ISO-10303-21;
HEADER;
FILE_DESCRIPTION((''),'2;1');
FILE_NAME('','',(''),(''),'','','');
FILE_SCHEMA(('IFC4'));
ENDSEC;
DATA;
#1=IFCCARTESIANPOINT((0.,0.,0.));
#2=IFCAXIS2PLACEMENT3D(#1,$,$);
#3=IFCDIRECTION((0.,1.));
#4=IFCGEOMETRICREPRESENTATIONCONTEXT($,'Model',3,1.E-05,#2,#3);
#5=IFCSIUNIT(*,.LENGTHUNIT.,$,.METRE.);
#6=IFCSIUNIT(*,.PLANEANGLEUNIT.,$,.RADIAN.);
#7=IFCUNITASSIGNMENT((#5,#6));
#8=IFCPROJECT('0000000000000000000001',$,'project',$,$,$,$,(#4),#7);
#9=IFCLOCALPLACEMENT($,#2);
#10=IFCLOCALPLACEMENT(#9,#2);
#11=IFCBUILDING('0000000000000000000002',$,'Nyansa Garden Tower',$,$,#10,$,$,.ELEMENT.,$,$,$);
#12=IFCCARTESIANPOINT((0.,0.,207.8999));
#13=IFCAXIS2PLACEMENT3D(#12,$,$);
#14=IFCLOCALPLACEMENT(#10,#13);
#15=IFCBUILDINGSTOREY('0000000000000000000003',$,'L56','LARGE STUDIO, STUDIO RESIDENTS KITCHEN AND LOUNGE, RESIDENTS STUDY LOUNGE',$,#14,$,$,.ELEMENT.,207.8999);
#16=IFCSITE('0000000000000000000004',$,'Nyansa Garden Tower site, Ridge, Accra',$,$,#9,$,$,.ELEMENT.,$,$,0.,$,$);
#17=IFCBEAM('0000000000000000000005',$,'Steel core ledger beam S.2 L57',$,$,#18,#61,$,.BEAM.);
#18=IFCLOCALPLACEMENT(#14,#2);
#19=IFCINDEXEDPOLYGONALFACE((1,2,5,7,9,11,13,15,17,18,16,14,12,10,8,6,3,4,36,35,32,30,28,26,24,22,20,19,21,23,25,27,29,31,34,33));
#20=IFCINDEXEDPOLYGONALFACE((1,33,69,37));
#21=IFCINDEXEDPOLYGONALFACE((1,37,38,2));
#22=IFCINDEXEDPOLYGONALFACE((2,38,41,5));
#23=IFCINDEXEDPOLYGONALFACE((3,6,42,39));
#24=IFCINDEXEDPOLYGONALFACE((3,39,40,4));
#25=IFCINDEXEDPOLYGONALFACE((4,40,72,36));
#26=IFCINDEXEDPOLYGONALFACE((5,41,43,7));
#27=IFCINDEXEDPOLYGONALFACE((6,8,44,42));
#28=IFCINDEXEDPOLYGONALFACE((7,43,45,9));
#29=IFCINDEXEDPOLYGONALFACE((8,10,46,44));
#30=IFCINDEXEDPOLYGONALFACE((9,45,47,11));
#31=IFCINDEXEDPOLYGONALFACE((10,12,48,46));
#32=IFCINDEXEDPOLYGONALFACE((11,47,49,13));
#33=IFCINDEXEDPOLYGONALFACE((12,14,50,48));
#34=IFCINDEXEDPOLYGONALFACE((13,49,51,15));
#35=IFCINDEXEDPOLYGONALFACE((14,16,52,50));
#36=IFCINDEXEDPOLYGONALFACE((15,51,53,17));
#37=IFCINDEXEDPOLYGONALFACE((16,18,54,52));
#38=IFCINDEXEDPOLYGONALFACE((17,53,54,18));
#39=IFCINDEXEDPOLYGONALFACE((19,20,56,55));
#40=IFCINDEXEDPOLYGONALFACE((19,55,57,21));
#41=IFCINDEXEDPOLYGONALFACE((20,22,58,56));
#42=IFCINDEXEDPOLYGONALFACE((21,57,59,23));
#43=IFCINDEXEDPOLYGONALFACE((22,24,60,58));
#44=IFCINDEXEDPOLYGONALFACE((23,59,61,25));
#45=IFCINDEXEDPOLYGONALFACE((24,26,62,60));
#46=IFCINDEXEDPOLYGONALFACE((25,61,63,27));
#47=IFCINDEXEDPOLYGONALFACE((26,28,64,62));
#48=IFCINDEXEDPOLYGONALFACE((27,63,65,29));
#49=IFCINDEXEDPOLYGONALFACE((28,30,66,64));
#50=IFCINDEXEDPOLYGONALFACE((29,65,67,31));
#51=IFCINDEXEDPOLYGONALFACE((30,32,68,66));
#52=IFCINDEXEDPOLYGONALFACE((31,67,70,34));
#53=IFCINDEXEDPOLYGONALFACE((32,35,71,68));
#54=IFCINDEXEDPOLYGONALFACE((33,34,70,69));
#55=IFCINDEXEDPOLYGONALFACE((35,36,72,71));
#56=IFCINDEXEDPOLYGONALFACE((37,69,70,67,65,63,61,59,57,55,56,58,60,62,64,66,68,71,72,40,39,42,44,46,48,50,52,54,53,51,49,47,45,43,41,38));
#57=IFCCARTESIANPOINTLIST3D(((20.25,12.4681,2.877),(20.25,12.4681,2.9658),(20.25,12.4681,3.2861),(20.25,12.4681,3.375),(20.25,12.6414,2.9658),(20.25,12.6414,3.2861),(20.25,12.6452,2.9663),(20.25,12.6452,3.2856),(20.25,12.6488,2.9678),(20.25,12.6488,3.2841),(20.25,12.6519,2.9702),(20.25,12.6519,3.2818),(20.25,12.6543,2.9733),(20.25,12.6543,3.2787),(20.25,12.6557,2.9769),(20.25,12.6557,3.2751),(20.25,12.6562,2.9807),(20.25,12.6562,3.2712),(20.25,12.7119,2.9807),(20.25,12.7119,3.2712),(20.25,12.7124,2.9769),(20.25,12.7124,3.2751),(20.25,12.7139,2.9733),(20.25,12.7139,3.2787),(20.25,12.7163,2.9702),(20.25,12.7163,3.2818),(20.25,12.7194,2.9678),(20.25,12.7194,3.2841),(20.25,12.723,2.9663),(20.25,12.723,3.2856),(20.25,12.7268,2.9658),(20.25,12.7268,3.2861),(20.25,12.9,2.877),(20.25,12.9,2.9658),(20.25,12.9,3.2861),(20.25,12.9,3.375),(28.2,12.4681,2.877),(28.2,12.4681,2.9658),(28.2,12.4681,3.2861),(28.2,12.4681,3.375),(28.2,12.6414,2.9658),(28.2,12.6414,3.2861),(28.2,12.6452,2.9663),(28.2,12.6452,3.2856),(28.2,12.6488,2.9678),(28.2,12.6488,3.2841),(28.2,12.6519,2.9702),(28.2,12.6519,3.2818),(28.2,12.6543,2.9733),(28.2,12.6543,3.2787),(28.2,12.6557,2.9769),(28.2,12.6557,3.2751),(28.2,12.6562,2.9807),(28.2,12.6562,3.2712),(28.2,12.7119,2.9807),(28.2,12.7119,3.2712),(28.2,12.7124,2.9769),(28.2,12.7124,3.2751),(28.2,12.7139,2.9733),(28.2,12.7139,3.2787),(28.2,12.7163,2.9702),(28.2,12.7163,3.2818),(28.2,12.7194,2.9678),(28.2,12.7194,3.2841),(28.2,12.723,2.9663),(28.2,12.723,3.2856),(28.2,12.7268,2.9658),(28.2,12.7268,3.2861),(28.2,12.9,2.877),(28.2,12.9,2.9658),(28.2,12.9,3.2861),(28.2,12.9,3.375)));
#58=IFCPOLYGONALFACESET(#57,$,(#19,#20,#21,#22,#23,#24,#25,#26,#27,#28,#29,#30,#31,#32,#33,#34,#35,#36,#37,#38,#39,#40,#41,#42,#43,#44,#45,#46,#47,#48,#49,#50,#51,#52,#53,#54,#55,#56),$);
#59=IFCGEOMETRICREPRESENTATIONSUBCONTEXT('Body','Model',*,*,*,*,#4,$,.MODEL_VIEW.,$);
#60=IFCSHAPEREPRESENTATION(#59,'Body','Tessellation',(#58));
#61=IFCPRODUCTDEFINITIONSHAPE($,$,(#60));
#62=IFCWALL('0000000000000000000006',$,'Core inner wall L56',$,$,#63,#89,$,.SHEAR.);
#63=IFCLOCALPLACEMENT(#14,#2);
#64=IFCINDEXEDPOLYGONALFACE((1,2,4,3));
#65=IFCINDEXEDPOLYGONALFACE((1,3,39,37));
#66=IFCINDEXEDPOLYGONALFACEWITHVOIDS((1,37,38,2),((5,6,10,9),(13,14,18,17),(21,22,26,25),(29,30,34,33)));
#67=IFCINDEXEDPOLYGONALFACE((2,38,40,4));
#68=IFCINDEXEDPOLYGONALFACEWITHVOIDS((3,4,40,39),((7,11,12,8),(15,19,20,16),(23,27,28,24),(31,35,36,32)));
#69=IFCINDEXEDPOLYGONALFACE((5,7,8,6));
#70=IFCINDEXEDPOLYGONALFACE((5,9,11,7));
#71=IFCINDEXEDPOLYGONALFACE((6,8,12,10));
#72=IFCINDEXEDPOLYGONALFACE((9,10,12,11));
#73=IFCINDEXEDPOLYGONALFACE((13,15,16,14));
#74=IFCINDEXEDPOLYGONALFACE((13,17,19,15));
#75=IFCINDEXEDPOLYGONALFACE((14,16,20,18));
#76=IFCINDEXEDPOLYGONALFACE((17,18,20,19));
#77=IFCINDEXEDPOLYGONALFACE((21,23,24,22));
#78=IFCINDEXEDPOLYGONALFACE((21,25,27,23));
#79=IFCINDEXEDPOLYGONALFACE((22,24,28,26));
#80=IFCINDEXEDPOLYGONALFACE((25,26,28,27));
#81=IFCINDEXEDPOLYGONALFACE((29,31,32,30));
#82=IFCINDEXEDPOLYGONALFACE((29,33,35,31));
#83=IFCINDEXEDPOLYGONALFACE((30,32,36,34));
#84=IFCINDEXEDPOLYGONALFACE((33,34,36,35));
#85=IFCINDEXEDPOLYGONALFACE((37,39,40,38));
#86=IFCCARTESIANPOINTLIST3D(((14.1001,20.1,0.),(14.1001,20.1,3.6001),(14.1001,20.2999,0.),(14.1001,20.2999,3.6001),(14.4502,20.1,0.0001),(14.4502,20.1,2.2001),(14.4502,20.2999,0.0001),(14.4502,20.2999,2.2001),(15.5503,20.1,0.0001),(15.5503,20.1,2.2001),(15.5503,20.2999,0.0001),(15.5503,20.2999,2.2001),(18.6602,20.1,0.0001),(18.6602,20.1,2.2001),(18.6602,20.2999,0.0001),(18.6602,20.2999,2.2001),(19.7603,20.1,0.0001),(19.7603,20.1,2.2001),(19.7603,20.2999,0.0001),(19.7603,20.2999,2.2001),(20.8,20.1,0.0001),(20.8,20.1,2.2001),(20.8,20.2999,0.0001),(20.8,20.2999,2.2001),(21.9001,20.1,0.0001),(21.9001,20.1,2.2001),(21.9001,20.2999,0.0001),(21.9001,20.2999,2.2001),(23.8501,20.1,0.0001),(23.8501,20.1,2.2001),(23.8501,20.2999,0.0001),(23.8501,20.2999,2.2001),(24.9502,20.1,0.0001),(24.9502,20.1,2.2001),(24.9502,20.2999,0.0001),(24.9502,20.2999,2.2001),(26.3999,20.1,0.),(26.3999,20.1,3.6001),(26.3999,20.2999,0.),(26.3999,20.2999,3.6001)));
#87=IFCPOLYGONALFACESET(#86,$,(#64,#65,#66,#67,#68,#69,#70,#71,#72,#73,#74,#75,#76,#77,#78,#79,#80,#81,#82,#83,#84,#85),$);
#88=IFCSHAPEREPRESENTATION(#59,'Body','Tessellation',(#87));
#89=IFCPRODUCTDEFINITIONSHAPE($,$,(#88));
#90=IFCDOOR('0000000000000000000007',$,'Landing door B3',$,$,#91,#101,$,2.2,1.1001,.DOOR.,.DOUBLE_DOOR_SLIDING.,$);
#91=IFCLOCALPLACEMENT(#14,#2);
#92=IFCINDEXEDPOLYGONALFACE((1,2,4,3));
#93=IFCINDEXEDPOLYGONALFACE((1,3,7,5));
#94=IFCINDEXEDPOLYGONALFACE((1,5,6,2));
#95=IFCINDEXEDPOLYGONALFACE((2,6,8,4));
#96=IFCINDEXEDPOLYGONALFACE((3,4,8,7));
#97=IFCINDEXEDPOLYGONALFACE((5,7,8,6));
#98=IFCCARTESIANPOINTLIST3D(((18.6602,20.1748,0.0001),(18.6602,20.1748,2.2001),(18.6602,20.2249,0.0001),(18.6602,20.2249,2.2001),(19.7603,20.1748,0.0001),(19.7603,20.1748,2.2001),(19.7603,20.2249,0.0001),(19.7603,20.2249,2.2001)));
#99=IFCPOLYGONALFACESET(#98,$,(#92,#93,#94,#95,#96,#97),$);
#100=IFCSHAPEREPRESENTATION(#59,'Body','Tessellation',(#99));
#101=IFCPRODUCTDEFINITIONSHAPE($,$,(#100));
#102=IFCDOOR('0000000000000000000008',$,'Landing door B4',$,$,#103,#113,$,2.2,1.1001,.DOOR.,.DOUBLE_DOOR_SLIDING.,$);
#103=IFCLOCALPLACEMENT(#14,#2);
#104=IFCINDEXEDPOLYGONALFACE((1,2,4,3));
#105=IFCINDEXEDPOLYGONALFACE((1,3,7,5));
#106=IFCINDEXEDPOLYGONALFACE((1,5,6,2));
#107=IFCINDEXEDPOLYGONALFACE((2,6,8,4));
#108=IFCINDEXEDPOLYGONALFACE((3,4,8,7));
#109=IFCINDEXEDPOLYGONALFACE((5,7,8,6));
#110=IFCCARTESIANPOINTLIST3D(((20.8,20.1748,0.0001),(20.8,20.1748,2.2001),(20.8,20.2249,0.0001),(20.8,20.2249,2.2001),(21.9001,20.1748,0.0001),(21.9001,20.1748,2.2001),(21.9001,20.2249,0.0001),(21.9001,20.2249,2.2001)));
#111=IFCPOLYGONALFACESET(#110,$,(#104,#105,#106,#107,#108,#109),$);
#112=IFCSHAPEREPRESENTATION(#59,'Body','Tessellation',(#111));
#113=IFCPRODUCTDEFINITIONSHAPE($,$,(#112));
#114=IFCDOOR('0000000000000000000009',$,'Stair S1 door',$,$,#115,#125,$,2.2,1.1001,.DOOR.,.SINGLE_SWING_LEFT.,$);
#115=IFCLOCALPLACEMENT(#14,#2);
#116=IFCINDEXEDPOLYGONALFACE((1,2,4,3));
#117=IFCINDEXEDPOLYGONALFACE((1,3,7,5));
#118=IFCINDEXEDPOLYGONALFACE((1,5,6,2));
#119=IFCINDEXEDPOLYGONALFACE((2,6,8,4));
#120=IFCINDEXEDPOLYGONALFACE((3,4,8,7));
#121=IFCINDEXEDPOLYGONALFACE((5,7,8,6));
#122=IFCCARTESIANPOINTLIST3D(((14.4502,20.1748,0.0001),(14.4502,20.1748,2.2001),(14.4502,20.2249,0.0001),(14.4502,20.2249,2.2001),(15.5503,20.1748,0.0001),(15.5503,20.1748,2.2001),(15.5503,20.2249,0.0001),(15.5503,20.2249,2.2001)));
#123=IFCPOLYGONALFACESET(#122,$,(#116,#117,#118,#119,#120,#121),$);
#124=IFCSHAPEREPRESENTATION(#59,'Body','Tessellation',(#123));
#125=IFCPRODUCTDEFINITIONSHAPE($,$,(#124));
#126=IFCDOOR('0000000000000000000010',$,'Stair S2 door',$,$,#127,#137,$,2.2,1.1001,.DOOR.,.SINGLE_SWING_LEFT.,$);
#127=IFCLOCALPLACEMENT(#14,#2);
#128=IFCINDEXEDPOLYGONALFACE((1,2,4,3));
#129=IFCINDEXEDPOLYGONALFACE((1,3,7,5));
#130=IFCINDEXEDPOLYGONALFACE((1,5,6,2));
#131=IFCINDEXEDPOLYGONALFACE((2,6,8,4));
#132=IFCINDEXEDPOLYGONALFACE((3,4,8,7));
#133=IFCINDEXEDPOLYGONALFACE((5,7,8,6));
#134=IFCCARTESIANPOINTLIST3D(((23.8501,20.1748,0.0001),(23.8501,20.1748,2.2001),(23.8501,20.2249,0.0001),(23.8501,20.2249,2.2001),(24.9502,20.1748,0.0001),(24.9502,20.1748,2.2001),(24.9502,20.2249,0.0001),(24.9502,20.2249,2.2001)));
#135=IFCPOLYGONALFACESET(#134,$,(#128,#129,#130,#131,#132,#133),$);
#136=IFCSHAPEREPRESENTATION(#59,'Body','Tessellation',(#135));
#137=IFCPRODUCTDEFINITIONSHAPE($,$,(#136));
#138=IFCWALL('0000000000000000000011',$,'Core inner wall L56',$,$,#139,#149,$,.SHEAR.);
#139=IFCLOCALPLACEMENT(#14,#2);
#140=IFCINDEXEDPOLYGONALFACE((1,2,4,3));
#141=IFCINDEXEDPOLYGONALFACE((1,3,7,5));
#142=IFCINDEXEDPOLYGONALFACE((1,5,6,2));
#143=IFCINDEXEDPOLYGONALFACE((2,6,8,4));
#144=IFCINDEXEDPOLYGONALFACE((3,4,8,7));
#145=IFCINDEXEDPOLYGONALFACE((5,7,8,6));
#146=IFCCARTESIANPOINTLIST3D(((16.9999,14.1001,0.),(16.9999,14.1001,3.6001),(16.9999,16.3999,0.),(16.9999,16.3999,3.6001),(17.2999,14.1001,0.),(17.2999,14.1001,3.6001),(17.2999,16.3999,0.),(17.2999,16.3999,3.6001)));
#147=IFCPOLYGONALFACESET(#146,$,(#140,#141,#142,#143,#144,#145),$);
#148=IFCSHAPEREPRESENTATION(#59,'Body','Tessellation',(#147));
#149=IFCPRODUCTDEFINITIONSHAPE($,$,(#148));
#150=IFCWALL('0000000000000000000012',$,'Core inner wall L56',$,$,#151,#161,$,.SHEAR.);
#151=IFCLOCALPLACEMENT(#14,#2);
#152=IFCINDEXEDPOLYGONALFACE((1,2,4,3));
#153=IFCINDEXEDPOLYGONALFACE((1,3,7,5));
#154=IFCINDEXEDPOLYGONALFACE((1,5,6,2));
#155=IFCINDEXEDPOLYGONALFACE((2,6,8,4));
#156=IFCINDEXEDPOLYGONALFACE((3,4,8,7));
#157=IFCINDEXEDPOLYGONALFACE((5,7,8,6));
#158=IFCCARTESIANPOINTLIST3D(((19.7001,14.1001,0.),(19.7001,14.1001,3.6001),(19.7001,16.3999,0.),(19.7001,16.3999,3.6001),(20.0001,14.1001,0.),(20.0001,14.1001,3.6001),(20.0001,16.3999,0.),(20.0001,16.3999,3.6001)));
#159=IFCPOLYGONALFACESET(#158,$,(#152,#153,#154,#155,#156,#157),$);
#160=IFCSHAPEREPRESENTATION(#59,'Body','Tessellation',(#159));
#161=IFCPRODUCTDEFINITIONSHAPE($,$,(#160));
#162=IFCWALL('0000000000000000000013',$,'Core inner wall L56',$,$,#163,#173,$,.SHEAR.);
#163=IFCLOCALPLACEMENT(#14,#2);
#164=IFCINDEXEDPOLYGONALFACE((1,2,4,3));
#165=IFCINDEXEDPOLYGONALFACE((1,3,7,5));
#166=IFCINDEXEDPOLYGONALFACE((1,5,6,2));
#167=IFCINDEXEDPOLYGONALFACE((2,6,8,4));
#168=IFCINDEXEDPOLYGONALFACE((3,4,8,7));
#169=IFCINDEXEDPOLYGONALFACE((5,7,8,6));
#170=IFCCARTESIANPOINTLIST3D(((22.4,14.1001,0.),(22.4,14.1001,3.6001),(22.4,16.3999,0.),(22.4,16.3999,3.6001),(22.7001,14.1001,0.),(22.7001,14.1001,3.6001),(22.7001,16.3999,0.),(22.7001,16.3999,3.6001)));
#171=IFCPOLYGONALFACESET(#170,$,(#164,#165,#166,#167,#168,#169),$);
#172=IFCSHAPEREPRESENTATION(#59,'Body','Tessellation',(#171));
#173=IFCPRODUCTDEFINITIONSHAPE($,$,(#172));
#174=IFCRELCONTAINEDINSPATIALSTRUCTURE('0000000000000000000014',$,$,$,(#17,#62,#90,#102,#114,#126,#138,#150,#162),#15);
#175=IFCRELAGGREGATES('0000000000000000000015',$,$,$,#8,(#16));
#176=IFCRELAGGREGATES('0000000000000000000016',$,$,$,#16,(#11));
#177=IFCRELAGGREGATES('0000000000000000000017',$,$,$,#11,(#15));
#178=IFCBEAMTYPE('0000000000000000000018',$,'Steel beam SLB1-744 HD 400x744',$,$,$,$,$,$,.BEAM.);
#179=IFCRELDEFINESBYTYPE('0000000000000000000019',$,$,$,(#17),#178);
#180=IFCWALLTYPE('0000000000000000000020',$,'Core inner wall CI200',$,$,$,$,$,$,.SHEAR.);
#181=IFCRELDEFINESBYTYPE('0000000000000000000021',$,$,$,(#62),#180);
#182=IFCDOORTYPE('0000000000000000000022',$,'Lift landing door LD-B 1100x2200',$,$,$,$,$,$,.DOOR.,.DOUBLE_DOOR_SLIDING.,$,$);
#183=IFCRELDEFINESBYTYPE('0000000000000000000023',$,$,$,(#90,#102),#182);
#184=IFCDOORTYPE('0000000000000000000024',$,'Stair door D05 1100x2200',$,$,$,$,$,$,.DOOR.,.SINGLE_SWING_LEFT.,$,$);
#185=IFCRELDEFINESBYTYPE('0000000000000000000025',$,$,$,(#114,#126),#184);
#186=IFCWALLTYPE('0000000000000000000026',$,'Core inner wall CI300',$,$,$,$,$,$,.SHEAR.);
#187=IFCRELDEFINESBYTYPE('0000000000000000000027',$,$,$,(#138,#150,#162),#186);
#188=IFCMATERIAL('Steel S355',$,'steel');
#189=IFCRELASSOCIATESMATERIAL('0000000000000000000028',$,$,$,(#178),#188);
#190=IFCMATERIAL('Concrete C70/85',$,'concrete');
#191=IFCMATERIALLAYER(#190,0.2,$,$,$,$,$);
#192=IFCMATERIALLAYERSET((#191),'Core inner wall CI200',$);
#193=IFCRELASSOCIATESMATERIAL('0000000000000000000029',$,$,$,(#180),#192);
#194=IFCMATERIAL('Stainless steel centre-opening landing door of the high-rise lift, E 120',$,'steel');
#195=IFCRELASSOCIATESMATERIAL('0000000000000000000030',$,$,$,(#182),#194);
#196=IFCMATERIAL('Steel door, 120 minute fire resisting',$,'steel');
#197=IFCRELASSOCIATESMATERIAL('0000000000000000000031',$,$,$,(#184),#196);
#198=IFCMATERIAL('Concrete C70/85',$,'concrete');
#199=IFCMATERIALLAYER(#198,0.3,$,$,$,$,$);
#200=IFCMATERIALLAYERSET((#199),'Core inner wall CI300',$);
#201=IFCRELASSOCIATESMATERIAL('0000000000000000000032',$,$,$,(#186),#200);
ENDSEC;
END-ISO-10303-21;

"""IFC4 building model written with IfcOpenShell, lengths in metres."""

from ifc_helpers import new_model, si_unit, direction, frame, frame_2d, origin, origin_2d, place, context, subcontext, project, spatial, rectangle, i_section, extrude, material, layer, layer_set, material_profile, profile_set, type_object, element, fill, save


model = new_model("IFC4")

# Units and contexts
model_context = context("Model", 3, precision=1e-05, world=origin(), true_north=direction((0.0, 1.0)))
body_context = subcontext(model_context, "Body", "Model", "MODEL_VIEW")
ifc_project = project(units=[si_unit("LENGTHUNIT", "METRE"), si_unit("PLANEANGLEUNIT", "RADIAN")], contexts=[model_context])

# Site, building, storey
site_placement = place(None, origin())
site = spatial("IfcSite", under=ifc_project, at=site_placement, Name="Nyansa Garden Tower site, Ridge, Accra", CompositionType="ELEMENT", RefElevation=0.0)
building_placement = place(site_placement, origin())
building = spatial("IfcBuilding", under=site, at=building_placement, Name="Nyansa Garden Tower", CompositionType="ELEMENT")
storey_placement = place(building_placement, frame((0.0, 0.0, 207.8999)))
storey = spatial("IfcBuildingStorey", under=building, at=storey_placement, Name="L56", Description="LARGE STUDIO, STUDIO RESIDENTS KITCHEN AND LOUNGE, RESIDENTS STUDY LOUNGE", CompositionType="ELEMENT", Elevation=207.8999)

# Beam
ifc_material_1 = material(Name="Steel S355", Category="steel")
ifc_material_profile_1 = material_profile(ifc_material_1, i_section(OverallWidth=0.4319, OverallDepth=0.498, WebThickness=0.0557, FlangeThickness=0.0889, FilletRadius=0.0149, at=origin_2d()), Name="HD 400x744")
ifc_profile_set_1 = profile_set([ifc_material_profile_1], Name="Steel S355")
beam_type_1 = type_object("IfcBeamType", Name="Steel beam SLB1-744 HD 400x744", PredefinedType="BEAM", material=ifc_profile_set_1)
beam_1_placement = place(storey_placement, frame((20.25, 12.6841, 3.126), z_axis=(1.0, 0.0, 0.0), x_axis=(0.0, 1.0, 0.0)))
element("IfcBeam", 1, at=beam_1_placement, inside=storey, type_object=beam_type_1, Name="Steel core ledger beam S.2 L57", PredefinedType="BEAM", context=body_context, shape_type="SweptSolid", body=[
    extrude(i_section(OverallWidth=0.4319, OverallDepth=0.498, WebThickness=0.0557, FlangeThickness=0.0889, FilletRadius=0.0149, at=origin_2d()), origin(), (0.0, 0.0, 1.0), 7.95),
])

# Wall, openings, doors
ifc_material_2 = material(Name="Concrete C70/85", Category="concrete")
ifc_layer_1 = layer(ifc_material_2, 0.2)
ifc_layer_set_1 = layer_set([ifc_layer_1], Name="Core inner wall CI200")
wall_type_1 = type_object("IfcWallType", Name="Core inner wall CI200", PredefinedType="SHEAR", material=ifc_layer_set_1)
wall_1_placement = place(storey_placement, frame((14.1001, 20.2, 0.0), z_axis=(0.0, 0.0, 1.0), x_axis=(1.0, 0.0, 0.0)))
wall_1 = element("IfcWall", 2, at=wall_1_placement, inside=storey, type_object=wall_type_1, Name="Core inner wall L56", PredefinedType="SHEAR", context=body_context, shape_type="SweptSolid", body=[
    extrude(rectangle(XDim=12.2998, YDim=0.2, at=frame_2d((6.1499, 0.0))), origin(), (0.0, 0.0, 1.0), 3.6001),
])
opening_1_placement = place(wall_1_placement, frame((4.5601, 0.0, 0.0)))
opening_1 = element("IfcOpeningElement", 3, at=opening_1_placement, cuts=wall_1, PredefinedType="OPENING", context=body_context, shape_type="SweptSolid", body=[
    extrude(rectangle(XDim=1.1001, YDim=2.2, at=frame_2d((0.55, 1.1001))), frame((0.0, 0.1099, 0.0), z_axis=(0.0, -1.0, 0.0), x_axis=(1.0, 0.0, 0.0)), (0.0, 0.0, 1.0), 0.22),
])
opening_2_placement = place(wall_1_placement, frame((6.7, 0.0, 0.0)))
opening_2 = element("IfcOpeningElement", 4, at=opening_2_placement, cuts=wall_1, PredefinedType="OPENING", context=body_context, shape_type="SweptSolid", body=[
    extrude(rectangle(XDim=1.1001, YDim=2.2, at=frame_2d((0.55, 1.1001))), frame((0.0, 0.1099, 0.0), z_axis=(0.0, -1.0, 0.0), x_axis=(1.0, 0.0, 0.0)), (0.0, 0.0, 1.0), 0.22),
])
opening_3_placement = place(wall_1_placement, frame((0.3501, 0.0, 0.0)))
opening_3 = element("IfcOpeningElement", 5, at=opening_3_placement, cuts=wall_1, PredefinedType="OPENING", context=body_context, shape_type="SweptSolid", body=[
    extrude(rectangle(XDim=1.1001, YDim=2.2, at=frame_2d((0.55, 1.1001))), frame((0.0, 0.1099, 0.0), z_axis=(0.0, -1.0, 0.0), x_axis=(1.0, 0.0, 0.0)), (0.0, 0.0, 1.0), 0.22),
])
opening_4_placement = place(wall_1_placement, frame((9.75, 0.0, 0.0)))
opening_4 = element("IfcOpeningElement", 6, at=opening_4_placement, cuts=wall_1, PredefinedType="OPENING", context=body_context, shape_type="SweptSolid", body=[
    extrude(rectangle(XDim=1.1001, YDim=2.2, at=frame_2d((0.55, 1.1001))), frame((0.0, 0.1099, 0.0), z_axis=(0.0, -1.0, 0.0), x_axis=(1.0, 0.0, 0.0)), (0.0, 0.0, 1.0), 0.22),
])
ifc_material_3 = material(Name="Stainless steel centre-opening landing door of the high-rise lift, E 120", Category="steel")
door_type_1 = type_object("IfcDoorType", Name="Lift landing door LD-B 1100x2200", OperationType="DOUBLE_DOOR_SLIDING", PredefinedType="DOOR", material=ifc_material_3)
door_1_placement = place(opening_1_placement, origin())
door_1 = element("IfcDoor", 7, at=door_1_placement, inside=storey, type_object=door_type_1, Name="Landing door B3", OperationType="DOUBLE_DOOR_SLIDING", OverallHeight=2.2, OverallWidth=1.1001, PredefinedType="DOOR", context=body_context, shape_type="SweptSolid", body=[
    extrude(rectangle(XDim=1.1001, YDim=2.2, at=frame_2d((0.55, 1.1001))), frame((0.0, 0.0249, 0.0), z_axis=(0.0, -1.0, 0.0), x_axis=(1.0, 0.0, 0.0)), (0.0, 0.0, 1.0), 0.05),
])
fill(opening_1, door_1)
door_2_placement = place(opening_2_placement, origin())
door_2 = element("IfcDoor", 8, at=door_2_placement, inside=storey, type_object=door_type_1, Name="Landing door B4", OperationType="DOUBLE_DOOR_SLIDING", OverallHeight=2.2, OverallWidth=1.1001, PredefinedType="DOOR", context=body_context, shape_type="SweptSolid", body=[
    extrude(rectangle(XDim=1.1001, YDim=2.2, at=frame_2d((0.55, 1.1001))), frame((0.0, 0.0249, 0.0), z_axis=(0.0, -1.0, 0.0), x_axis=(1.0, 0.0, 0.0)), (0.0, 0.0, 1.0), 0.05),
])
fill(opening_2, door_2)
ifc_material_4 = material(Name="Steel door, 120 minute fire resisting", Category="steel")
door_type_2 = type_object("IfcDoorType", Name="Stair door D05 1100x2200", OperationType="SINGLE_SWING_LEFT", PredefinedType="DOOR", material=ifc_material_4)
door_3_placement = place(opening_3_placement, origin())
door_3 = element("IfcDoor", 9, at=door_3_placement, inside=storey, type_object=door_type_2, Name="Stair S1 door", OperationType="SINGLE_SWING_LEFT", OverallHeight=2.2, OverallWidth=1.1001, PredefinedType="DOOR", context=body_context, shape_type="SweptSolid", body=[
    extrude(rectangle(XDim=1.1001, YDim=2.2, at=frame_2d((0.55, 1.1001))), frame((0.0, 0.0249, 0.0), z_axis=(0.0, -1.0, 0.0), x_axis=(1.0, 0.0, 0.0)), (0.0, 0.0, 1.0), 0.05),
])
fill(opening_3, door_3)
door_4_placement = place(opening_4_placement, origin())
door_4 = element("IfcDoor", 10, at=door_4_placement, inside=storey, type_object=door_type_2, Name="Stair S2 door", OperationType="SINGLE_SWING_LEFT", OverallHeight=2.2, OverallWidth=1.1001, PredefinedType="DOOR", context=body_context, shape_type="SweptSolid", body=[
    extrude(rectangle(XDim=1.1001, YDim=2.2, at=frame_2d((0.55, 1.1001))), frame((0.0, 0.0249, 0.0), z_axis=(0.0, -1.0, 0.0), x_axis=(1.0, 0.0, 0.0)), (0.0, 0.0, 1.0), 0.05),
])
fill(opening_4, door_4)

# Walls
ifc_material_5 = material(Name="Concrete C70/85", Category="concrete")
ifc_layer_2 = layer(ifc_material_5, 0.3)
ifc_layer_set_2 = layer_set([ifc_layer_2], Name="Core inner wall CI300")
wall_type_2 = type_object("IfcWallType", Name="Core inner wall CI300", PredefinedType="SHEAR", material=ifc_layer_set_2)
for number, where, z_axis, x_axis, name in (
    (11, (17.1499, 14.1001, 0.0), (0.0, 0.0, 1.0), (0.0, 1.0, 0.0), "Core inner wall L56"),
    (12, (19.8501, 14.1001, 0.0), (0.0, 0.0, 1.0), (0.0, 1.0, 0.0), "Core inner wall L56"),
    (13, (22.55, 14.1001, 0.0), (0.0, 0.0, 1.0), (0.0, 1.0, 0.0), "Core inner wall L56"),
):
    element("IfcWall", number, at=place(storey_placement, frame(where, z_axis=z_axis, x_axis=x_axis)), inside=storey, type_object=wall_type_2, Name=name, PredefinedType="SHEAR", context=body_context, shape_type="SweptSolid", body=[
        extrude(rectangle(XDim=2.2998, YDim=0.3, at=frame_2d((1.1499, 0.0))), origin(), (0.0, 0.0, 1.0), 3.6001),
    ])

save(model, "model.ifc")
